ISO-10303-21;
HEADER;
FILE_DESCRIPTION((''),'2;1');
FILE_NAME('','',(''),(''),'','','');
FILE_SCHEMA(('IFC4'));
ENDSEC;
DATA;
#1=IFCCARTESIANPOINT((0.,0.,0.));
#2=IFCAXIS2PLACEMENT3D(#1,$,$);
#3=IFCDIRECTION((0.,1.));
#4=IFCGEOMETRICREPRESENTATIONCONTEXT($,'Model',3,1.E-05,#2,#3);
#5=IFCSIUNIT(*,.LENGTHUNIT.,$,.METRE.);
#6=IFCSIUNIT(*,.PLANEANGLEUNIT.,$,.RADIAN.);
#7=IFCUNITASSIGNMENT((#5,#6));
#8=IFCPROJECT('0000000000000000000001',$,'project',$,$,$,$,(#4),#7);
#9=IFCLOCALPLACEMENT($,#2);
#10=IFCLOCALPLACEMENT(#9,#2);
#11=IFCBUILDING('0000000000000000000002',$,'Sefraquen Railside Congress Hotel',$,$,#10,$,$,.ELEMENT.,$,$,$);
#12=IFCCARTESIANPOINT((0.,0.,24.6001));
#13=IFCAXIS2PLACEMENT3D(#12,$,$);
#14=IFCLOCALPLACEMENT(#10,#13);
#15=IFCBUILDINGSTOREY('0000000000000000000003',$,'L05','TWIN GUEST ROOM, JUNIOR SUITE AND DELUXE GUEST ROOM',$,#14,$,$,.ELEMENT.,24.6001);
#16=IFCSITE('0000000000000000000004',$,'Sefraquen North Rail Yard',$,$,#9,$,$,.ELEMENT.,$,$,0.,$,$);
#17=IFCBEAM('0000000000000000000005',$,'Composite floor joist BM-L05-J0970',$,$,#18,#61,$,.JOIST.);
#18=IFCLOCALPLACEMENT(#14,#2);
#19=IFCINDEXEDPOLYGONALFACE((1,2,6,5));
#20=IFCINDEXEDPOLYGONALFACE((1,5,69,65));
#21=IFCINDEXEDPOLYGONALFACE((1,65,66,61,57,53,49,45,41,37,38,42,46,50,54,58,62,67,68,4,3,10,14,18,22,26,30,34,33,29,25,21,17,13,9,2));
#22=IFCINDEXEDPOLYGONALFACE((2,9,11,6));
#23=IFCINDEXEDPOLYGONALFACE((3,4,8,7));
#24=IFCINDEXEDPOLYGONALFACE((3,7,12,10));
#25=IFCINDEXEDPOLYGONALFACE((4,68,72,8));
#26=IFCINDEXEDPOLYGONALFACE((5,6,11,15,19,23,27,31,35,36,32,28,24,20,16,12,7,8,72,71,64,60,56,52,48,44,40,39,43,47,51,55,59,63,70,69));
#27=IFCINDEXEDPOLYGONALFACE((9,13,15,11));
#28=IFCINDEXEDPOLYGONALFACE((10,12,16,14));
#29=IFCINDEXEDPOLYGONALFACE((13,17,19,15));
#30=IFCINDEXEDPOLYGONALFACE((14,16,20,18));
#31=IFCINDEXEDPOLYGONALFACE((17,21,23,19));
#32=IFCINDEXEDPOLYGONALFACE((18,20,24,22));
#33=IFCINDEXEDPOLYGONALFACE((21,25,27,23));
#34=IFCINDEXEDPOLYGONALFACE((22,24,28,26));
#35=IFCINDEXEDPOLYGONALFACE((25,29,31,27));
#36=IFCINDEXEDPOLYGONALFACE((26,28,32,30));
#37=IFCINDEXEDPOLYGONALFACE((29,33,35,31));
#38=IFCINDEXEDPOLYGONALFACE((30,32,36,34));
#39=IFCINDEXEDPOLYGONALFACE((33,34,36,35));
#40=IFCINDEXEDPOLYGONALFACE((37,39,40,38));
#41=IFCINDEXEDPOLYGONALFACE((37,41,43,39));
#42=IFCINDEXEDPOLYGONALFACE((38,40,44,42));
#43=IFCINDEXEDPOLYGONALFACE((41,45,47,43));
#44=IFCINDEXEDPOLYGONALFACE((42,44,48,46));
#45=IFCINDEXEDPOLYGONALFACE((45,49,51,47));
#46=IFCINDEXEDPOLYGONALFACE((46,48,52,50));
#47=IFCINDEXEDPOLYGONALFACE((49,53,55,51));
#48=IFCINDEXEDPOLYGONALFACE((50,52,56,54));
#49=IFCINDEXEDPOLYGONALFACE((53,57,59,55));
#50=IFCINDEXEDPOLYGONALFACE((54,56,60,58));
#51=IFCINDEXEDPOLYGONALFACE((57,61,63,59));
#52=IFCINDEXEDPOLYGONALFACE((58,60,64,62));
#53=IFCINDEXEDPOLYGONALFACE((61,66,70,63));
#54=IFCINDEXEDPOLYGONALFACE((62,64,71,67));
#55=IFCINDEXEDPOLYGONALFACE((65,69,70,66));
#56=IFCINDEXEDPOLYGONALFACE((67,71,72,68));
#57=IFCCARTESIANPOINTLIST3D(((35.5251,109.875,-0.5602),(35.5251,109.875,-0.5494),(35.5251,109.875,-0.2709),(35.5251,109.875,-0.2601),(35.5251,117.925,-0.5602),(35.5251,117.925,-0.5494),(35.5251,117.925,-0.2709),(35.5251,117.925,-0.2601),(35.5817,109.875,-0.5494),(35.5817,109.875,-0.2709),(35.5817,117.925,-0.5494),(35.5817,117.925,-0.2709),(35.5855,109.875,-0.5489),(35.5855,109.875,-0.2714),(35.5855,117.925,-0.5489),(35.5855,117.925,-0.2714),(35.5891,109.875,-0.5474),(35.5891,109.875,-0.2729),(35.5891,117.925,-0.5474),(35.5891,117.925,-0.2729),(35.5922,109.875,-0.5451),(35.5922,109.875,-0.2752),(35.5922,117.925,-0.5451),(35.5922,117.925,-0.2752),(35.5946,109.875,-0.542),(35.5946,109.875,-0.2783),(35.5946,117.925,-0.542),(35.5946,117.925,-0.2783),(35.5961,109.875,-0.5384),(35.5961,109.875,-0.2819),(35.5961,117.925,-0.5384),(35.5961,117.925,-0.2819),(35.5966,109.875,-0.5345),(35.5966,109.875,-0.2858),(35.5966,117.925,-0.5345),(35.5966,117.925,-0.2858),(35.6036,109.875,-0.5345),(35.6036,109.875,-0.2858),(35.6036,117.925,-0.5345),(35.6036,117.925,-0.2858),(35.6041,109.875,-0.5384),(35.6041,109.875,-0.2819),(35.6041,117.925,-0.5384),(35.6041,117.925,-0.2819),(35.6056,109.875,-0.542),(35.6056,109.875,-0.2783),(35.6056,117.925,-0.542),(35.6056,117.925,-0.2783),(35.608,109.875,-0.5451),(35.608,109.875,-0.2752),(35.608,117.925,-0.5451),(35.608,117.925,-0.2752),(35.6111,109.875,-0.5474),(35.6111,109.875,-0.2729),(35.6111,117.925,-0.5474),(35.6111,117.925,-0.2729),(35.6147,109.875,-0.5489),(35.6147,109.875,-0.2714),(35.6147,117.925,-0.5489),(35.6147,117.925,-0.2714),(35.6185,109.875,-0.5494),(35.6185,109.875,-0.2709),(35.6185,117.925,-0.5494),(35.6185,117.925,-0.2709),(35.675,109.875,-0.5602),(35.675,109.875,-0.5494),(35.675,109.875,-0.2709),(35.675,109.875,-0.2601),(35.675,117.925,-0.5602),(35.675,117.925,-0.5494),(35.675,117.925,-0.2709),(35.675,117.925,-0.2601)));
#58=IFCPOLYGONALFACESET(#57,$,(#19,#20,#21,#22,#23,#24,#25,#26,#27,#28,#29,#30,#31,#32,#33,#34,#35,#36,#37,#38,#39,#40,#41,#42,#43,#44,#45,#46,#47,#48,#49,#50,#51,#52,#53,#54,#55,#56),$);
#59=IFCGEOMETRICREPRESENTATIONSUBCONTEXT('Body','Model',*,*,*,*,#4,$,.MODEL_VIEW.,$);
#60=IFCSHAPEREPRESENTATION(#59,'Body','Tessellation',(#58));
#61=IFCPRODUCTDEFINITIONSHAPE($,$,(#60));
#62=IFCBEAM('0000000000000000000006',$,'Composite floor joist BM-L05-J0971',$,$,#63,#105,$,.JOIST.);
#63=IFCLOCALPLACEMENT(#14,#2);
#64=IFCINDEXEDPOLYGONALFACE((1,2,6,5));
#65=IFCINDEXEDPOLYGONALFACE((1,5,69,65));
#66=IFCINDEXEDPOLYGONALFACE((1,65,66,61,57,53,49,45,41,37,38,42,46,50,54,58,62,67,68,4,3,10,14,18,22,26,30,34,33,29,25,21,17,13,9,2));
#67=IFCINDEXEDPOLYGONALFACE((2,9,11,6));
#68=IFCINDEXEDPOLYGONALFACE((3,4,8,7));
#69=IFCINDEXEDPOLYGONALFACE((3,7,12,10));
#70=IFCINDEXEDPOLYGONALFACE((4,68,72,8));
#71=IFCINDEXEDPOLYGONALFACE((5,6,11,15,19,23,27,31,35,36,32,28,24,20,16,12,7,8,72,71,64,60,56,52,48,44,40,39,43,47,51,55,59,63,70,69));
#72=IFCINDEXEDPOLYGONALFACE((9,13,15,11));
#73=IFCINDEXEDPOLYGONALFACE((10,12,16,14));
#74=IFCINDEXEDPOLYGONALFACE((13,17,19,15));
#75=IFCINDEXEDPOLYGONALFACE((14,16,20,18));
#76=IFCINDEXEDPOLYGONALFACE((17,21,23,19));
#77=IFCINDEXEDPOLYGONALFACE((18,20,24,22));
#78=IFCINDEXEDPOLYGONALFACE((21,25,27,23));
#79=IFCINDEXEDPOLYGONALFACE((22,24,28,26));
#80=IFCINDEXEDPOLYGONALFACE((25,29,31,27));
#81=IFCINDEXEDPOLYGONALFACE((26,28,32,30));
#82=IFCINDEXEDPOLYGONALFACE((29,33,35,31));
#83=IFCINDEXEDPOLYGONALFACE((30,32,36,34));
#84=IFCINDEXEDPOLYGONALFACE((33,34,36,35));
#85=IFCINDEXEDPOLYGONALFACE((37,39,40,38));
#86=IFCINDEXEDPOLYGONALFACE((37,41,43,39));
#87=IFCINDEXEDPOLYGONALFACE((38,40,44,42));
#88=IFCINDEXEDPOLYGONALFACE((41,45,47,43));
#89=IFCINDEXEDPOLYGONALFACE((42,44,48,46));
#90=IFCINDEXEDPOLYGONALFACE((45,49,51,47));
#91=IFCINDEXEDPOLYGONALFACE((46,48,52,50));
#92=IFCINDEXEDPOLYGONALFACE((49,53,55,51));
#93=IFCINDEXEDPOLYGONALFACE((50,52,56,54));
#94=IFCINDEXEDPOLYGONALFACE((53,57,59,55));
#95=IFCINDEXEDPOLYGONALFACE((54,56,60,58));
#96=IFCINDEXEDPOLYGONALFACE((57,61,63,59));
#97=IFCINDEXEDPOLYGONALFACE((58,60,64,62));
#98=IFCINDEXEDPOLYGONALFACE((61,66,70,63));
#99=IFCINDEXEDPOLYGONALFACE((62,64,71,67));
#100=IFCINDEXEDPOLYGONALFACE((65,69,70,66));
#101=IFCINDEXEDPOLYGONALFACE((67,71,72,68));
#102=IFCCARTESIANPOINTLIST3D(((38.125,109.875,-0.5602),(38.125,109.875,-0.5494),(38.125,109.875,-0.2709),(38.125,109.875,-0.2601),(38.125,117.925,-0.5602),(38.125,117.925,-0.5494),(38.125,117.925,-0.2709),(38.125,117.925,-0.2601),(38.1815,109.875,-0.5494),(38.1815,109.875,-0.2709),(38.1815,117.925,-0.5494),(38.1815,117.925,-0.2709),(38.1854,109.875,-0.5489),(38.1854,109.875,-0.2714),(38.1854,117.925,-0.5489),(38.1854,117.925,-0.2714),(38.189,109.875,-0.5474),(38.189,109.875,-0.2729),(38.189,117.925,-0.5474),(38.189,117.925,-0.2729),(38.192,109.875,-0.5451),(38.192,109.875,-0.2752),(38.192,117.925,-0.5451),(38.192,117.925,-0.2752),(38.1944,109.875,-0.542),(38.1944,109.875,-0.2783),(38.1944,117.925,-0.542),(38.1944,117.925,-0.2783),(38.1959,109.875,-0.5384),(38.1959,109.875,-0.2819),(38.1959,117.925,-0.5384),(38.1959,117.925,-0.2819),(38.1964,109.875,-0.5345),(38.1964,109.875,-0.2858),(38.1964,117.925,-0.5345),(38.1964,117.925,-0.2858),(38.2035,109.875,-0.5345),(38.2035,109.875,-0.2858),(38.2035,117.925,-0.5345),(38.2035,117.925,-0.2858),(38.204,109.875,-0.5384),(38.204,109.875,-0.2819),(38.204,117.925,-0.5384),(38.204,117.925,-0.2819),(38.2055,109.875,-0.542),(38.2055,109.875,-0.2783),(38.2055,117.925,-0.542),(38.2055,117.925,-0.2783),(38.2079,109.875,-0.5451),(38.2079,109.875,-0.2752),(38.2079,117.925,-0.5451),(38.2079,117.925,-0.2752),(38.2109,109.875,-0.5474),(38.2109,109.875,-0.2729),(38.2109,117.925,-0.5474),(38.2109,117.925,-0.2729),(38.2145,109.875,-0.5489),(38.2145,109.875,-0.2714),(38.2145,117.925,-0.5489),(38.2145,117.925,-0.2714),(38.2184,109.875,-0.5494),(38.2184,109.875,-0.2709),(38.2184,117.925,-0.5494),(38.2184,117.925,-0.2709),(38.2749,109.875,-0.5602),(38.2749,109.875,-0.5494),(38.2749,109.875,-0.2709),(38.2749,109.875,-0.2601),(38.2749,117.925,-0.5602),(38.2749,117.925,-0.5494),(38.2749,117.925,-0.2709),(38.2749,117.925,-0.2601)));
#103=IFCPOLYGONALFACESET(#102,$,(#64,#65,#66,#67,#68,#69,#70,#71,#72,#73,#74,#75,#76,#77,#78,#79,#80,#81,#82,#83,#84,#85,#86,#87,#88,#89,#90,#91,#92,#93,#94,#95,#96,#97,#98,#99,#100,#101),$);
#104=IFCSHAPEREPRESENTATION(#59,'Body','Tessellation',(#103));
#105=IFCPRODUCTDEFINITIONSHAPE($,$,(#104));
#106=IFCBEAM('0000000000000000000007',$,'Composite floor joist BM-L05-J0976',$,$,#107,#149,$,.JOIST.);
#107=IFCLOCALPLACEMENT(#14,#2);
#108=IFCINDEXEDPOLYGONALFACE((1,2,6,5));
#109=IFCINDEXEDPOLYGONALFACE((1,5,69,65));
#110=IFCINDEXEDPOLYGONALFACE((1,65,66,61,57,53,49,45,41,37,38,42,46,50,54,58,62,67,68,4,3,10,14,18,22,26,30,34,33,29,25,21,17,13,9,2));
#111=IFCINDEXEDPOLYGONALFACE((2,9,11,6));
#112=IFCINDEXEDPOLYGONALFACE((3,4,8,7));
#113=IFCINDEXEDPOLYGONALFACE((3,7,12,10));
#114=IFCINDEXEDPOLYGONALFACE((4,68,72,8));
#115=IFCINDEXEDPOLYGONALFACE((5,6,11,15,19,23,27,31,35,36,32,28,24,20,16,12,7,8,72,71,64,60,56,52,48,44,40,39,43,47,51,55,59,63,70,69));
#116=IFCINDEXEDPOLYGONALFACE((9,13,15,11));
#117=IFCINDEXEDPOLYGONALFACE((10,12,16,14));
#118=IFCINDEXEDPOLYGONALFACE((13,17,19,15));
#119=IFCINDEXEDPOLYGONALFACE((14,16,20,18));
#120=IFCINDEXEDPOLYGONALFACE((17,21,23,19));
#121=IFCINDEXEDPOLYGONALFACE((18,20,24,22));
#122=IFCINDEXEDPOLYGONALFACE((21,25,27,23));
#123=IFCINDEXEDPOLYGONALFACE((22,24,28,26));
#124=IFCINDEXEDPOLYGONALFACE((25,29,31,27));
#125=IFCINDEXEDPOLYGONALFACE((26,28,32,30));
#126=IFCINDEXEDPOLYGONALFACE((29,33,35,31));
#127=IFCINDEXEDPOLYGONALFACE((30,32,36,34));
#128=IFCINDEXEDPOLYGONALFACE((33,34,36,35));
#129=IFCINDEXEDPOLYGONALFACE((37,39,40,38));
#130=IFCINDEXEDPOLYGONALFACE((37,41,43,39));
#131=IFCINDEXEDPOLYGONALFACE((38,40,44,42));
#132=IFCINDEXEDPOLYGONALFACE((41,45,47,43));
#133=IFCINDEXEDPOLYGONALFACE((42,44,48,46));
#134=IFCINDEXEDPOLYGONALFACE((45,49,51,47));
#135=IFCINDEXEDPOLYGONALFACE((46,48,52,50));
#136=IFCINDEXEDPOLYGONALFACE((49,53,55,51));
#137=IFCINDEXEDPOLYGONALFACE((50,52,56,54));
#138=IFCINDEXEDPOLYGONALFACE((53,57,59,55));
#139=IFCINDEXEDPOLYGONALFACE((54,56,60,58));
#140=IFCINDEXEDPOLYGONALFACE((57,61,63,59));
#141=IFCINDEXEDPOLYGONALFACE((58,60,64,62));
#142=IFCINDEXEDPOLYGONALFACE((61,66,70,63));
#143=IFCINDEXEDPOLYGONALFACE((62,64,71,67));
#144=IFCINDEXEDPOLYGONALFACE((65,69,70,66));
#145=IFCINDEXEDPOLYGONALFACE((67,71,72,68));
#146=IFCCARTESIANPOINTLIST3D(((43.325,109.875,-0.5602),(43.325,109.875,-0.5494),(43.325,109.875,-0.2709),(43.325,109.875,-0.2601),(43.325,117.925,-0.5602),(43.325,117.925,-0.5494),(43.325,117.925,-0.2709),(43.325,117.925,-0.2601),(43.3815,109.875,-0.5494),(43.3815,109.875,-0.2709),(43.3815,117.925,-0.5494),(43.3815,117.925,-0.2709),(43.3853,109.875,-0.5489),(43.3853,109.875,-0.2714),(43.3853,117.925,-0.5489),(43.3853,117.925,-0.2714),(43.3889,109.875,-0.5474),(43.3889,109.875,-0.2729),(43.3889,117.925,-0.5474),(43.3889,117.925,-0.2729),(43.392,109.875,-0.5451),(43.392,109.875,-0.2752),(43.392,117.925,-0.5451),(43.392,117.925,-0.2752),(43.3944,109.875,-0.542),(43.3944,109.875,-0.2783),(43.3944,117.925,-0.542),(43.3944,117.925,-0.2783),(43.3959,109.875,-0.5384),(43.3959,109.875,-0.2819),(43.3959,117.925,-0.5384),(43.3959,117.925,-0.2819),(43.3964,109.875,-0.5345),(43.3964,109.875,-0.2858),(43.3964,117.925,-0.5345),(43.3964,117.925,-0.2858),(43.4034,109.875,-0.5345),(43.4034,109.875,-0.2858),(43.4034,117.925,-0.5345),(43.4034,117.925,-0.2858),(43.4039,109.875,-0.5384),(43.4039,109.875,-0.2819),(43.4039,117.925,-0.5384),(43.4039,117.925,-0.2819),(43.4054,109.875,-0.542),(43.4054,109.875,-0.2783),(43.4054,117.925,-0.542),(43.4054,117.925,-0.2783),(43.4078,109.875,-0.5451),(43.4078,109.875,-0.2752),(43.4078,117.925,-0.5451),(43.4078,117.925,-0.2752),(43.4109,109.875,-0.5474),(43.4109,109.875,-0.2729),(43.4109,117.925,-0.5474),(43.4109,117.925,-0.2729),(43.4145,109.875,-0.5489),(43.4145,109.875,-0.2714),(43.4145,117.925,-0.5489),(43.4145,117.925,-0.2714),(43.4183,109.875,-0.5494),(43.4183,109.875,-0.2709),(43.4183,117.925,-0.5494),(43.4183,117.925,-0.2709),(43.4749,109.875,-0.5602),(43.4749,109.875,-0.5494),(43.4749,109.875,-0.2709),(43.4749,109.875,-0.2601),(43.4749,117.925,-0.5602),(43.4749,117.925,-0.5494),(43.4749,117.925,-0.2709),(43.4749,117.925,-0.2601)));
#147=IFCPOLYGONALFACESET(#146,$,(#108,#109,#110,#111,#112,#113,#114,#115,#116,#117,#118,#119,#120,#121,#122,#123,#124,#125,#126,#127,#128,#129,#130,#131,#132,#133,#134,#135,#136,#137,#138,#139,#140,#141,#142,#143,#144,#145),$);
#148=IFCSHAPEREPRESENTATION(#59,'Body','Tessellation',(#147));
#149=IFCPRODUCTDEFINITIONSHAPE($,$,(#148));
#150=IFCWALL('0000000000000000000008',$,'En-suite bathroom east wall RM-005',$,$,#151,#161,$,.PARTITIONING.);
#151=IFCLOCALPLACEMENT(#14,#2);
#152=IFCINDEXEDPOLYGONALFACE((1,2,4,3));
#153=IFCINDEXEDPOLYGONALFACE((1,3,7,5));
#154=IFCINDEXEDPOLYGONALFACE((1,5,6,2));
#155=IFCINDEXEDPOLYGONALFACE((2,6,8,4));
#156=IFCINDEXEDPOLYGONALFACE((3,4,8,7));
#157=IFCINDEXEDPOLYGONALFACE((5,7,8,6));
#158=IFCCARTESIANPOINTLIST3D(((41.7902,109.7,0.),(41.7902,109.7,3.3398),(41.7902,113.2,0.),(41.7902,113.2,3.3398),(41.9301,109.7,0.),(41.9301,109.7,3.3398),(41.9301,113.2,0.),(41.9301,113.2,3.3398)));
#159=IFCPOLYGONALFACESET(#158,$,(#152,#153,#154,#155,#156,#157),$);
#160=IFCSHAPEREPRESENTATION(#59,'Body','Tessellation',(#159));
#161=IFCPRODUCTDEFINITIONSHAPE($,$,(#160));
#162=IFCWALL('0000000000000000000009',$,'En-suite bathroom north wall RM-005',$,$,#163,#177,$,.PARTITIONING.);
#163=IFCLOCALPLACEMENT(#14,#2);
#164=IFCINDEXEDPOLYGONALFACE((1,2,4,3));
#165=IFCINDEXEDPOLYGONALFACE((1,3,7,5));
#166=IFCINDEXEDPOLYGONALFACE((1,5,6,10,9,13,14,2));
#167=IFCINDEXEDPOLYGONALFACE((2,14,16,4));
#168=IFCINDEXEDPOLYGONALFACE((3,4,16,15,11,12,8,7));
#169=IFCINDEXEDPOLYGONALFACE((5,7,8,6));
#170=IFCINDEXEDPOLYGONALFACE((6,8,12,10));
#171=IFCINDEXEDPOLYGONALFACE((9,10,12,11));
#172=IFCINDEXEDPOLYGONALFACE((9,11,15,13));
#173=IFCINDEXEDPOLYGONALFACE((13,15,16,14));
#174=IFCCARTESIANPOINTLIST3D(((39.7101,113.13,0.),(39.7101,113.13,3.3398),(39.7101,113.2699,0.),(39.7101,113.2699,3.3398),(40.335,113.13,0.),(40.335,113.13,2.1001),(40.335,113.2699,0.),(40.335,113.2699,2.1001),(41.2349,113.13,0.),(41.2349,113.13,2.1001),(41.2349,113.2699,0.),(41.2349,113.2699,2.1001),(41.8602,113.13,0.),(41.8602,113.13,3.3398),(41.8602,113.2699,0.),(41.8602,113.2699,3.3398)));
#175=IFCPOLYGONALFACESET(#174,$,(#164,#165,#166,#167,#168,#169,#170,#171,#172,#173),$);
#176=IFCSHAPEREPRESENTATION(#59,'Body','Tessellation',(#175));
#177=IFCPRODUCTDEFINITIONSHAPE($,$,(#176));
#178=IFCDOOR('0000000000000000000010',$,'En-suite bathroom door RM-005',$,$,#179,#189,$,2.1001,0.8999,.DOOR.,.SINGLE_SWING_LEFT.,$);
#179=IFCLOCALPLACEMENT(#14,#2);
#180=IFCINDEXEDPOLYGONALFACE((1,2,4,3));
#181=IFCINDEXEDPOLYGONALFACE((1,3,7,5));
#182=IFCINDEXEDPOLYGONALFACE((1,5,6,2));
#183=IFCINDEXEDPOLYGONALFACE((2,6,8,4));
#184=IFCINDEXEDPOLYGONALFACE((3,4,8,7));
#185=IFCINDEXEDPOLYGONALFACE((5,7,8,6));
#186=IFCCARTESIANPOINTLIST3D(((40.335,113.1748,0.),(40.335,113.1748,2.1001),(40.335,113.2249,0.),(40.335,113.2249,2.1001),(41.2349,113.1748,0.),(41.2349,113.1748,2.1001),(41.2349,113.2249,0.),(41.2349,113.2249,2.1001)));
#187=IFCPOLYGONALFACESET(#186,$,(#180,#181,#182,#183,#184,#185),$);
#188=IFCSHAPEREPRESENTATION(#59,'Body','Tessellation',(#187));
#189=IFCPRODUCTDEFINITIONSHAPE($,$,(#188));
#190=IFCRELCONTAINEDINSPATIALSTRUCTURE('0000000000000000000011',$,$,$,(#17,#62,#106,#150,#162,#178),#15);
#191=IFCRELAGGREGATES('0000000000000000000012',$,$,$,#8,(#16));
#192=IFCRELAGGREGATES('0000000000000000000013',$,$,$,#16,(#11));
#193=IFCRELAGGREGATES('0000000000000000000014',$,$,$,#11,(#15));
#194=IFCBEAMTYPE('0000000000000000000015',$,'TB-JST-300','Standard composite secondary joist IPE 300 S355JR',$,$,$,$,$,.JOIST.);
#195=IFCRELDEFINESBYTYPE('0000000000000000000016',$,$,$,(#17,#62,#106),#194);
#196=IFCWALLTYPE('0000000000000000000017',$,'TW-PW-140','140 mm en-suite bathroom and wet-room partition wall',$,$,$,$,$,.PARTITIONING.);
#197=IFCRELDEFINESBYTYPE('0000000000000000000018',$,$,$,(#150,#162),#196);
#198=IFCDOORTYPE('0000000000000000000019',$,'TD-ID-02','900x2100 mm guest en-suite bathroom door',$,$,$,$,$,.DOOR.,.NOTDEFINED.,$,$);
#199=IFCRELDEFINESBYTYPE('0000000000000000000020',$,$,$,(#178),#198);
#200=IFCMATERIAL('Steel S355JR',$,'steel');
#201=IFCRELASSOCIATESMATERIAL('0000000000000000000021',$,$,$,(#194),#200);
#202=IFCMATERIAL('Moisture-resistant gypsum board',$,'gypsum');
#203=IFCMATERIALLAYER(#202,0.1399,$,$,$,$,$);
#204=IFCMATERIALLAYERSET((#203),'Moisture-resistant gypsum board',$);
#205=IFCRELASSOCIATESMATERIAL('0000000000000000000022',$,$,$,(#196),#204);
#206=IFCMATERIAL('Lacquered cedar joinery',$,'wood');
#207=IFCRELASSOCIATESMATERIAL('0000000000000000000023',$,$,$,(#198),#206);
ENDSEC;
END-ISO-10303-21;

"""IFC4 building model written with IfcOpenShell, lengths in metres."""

from ifc_helpers import new_model, si_unit, direction, frame, frame_2d, origin, origin_2d, place, context, subcontext, project, spatial, rectangle, i_section, extrude, material, layer, layer_set, material_profile, profile_set, type_object, element, fill, save


model = new_model("IFC4")

# Units and contexts
model_context = context("Model", 3, precision=1e-05, world=origin(), true_north=direction((0.0, 1.0)))
body_context = subcontext(model_context, "Body", "Model", "MODEL_VIEW")
ifc_project = project(units=[si_unit("LENGTHUNIT", "METRE"), si_unit("PLANEANGLEUNIT", "RADIAN")], contexts=[model_context])

# Site, building, storey
site_placement = place(None, origin())
site = spatial("IfcSite", under=ifc_project, at=site_placement, Name="Sefraquen North Rail Yard", CompositionType="ELEMENT", RefElevation=0.0)
building_placement = place(site_placement, origin())
building = spatial("IfcBuilding", under=site, at=building_placement, Name="Sefraquen Railside Congress Hotel", CompositionType="ELEMENT")
storey_placement = place(building_placement, frame((0.0, 0.0, 24.6001)))
storey = spatial("IfcBuildingStorey", under=building, at=storey_placement, Name="L05", Description="TWIN GUEST ROOM, JUNIOR SUITE AND DELUXE GUEST ROOM", CompositionType="ELEMENT", Elevation=24.6001)

# Shared definitions
ifc_material_1 = material(Name="Steel S355JR", Category="steel")

# Beams
ifc_material_profile_1 = material_profile(ifc_material_1, i_section(OverallWidth=0.1499, OverallDepth=0.3, WebThickness=0.0071, FlangeThickness=0.0107, FilletRadius=0.0149, at=origin_2d()), Name="IPE 300")
ifc_profile_set_1 = profile_set([ifc_material_profile_1], Name="Steel S355JR")
beam_type_1 = type_object("IfcBeamType", Name="TB-JST-300", Description="Standard composite secondary joist IPE 300 S355JR", PredefinedType="JOIST", material=ifc_profile_set_1)
for number, where, z_axis, x_axis, name in (
    (1, (35.6001, 109.875, -0.4102), (0.0, 1.0, 0.0), (-1.0, 0.0, 0.0), "Composite floor joist BM-L05-J0970"),
    (2, (38.2, 109.875, -0.4102), (0.0, 1.0, 0.0), (-1.0, 0.0, 0.0), "Composite floor joist BM-L05-J0971"),
    (3, (43.3999, 109.875, -0.4102), (0.0, 1.0, 0.0), (-1.0, 0.0, 0.0), "Composite floor joist BM-L05-J0976"),
):
    element("IfcBeam", number, at=place(storey_placement, frame(where, z_axis=z_axis, x_axis=x_axis)), inside=storey, type_object=beam_type_1, Name=name, PredefinedType="JOIST", context=body_context, shape_type="SweptSolid", body=[
        extrude(i_section(OverallWidth=0.1499, OverallDepth=0.3, WebThickness=0.0071, FlangeThickness=0.0107, FilletRadius=0.0149, at=origin_2d()), origin(), (0.0, 0.0, 1.0), 8.05),
    ])

# Shared definitions
ifc_material_2 = material(Name="Moisture-resistant gypsum board", Category="gypsum")
ifc_layer_1 = layer(ifc_material_2, 0.1399)
ifc_layer_set_1 = layer_set([ifc_layer_1], Name="Moisture-resistant gypsum board")
wall_type_1 = type_object("IfcWallType", Name="TW-PW-140", Description="140 mm en-suite bathroom and wet-room partition wall", PredefinedType="PARTITIONING", material=ifc_layer_set_1)
ifc_material_3 = material(Name="Lacquered cedar joinery", Category="wood")

# Wall
wall_1_placement = place(storey_placement, frame((41.8601, 109.7, 0.0), z_axis=(0.0, 0.0, 1.0), x_axis=(0.0, 1.0, 0.0)))
element("IfcWall", 4, at=wall_1_placement, inside=storey, type_object=wall_type_1, Name="En-suite bathroom east wall RM-005", PredefinedType="PARTITIONING", context=body_context, shape_type="SweptSolid", body=[
    extrude(rectangle(XDim=3.5, YDim=0.1399, at=frame_2d((1.75, 0.0))), origin(), (0.0, 0.0, 1.0), 3.3398),
])

# Wall, opening, door
wall_2_placement = place(storey_placement, frame((39.71, 113.2, 0.0), z_axis=(0.0, 0.0, 1.0), x_axis=(1.0, 0.0, 0.0)))
wall_2 = element("IfcWall", 5, at=wall_2_placement, inside=storey, type_object=wall_type_1, Name="En-suite bathroom north wall RM-005", PredefinedType="PARTITIONING", context=body_context, shape_type="SweptSolid", body=[
    extrude(rectangle(XDim=2.1501, YDim=0.1399, at=frame_2d((1.0752, 0.0))), origin(), (0.0, 0.0, 1.0), 3.3398),
])
opening_1_placement = place(wall_2_placement, frame((0.625, 0.0, 0.0)))
opening_1 = element("IfcOpeningElement", 6, at=opening_1_placement, cuts=wall_2, PredefinedType="OPENING", context=body_context, shape_type="SweptSolid", body=[
    extrude(rectangle(XDim=0.8999, YDim=2.1001, at=frame_2d((0.45, 1.05))), frame((0.0, 0.0798, 0.0), z_axis=(0.0, -1.0, 0.0), x_axis=(1.0, 0.0, 0.0)), (0.0, 0.0, 1.0), 0.1599),
])
door_type_1 = type_object("IfcDoorType", Name="TD-ID-02", Description="900x2100 mm guest en-suite bathroom door", OperationType="NOTDEFINED", PredefinedType="DOOR", material=ifc_material_3)
door_1_placement = place(opening_1_placement, origin())
door_1 = element("IfcDoor", 7, at=door_1_placement, inside=storey, type_object=door_type_1, Name="En-suite bathroom door RM-005", OperationType="SINGLE_SWING_LEFT", OverallHeight=2.1001, OverallWidth=0.8999, PredefinedType="DOOR", context=body_context, shape_type="SweptSolid", body=[
    extrude(rectangle(XDim=0.8999, YDim=2.1001, at=frame_2d((0.45, 1.05))), frame((0.0, 0.0249, 0.0), z_axis=(0.0, -1.0, 0.0), x_axis=(1.0, 0.0, 0.0)), (0.0, 0.0, 1.0), 0.05),
])
fill(opening_1, door_1)

save(model, "model.ifc")
